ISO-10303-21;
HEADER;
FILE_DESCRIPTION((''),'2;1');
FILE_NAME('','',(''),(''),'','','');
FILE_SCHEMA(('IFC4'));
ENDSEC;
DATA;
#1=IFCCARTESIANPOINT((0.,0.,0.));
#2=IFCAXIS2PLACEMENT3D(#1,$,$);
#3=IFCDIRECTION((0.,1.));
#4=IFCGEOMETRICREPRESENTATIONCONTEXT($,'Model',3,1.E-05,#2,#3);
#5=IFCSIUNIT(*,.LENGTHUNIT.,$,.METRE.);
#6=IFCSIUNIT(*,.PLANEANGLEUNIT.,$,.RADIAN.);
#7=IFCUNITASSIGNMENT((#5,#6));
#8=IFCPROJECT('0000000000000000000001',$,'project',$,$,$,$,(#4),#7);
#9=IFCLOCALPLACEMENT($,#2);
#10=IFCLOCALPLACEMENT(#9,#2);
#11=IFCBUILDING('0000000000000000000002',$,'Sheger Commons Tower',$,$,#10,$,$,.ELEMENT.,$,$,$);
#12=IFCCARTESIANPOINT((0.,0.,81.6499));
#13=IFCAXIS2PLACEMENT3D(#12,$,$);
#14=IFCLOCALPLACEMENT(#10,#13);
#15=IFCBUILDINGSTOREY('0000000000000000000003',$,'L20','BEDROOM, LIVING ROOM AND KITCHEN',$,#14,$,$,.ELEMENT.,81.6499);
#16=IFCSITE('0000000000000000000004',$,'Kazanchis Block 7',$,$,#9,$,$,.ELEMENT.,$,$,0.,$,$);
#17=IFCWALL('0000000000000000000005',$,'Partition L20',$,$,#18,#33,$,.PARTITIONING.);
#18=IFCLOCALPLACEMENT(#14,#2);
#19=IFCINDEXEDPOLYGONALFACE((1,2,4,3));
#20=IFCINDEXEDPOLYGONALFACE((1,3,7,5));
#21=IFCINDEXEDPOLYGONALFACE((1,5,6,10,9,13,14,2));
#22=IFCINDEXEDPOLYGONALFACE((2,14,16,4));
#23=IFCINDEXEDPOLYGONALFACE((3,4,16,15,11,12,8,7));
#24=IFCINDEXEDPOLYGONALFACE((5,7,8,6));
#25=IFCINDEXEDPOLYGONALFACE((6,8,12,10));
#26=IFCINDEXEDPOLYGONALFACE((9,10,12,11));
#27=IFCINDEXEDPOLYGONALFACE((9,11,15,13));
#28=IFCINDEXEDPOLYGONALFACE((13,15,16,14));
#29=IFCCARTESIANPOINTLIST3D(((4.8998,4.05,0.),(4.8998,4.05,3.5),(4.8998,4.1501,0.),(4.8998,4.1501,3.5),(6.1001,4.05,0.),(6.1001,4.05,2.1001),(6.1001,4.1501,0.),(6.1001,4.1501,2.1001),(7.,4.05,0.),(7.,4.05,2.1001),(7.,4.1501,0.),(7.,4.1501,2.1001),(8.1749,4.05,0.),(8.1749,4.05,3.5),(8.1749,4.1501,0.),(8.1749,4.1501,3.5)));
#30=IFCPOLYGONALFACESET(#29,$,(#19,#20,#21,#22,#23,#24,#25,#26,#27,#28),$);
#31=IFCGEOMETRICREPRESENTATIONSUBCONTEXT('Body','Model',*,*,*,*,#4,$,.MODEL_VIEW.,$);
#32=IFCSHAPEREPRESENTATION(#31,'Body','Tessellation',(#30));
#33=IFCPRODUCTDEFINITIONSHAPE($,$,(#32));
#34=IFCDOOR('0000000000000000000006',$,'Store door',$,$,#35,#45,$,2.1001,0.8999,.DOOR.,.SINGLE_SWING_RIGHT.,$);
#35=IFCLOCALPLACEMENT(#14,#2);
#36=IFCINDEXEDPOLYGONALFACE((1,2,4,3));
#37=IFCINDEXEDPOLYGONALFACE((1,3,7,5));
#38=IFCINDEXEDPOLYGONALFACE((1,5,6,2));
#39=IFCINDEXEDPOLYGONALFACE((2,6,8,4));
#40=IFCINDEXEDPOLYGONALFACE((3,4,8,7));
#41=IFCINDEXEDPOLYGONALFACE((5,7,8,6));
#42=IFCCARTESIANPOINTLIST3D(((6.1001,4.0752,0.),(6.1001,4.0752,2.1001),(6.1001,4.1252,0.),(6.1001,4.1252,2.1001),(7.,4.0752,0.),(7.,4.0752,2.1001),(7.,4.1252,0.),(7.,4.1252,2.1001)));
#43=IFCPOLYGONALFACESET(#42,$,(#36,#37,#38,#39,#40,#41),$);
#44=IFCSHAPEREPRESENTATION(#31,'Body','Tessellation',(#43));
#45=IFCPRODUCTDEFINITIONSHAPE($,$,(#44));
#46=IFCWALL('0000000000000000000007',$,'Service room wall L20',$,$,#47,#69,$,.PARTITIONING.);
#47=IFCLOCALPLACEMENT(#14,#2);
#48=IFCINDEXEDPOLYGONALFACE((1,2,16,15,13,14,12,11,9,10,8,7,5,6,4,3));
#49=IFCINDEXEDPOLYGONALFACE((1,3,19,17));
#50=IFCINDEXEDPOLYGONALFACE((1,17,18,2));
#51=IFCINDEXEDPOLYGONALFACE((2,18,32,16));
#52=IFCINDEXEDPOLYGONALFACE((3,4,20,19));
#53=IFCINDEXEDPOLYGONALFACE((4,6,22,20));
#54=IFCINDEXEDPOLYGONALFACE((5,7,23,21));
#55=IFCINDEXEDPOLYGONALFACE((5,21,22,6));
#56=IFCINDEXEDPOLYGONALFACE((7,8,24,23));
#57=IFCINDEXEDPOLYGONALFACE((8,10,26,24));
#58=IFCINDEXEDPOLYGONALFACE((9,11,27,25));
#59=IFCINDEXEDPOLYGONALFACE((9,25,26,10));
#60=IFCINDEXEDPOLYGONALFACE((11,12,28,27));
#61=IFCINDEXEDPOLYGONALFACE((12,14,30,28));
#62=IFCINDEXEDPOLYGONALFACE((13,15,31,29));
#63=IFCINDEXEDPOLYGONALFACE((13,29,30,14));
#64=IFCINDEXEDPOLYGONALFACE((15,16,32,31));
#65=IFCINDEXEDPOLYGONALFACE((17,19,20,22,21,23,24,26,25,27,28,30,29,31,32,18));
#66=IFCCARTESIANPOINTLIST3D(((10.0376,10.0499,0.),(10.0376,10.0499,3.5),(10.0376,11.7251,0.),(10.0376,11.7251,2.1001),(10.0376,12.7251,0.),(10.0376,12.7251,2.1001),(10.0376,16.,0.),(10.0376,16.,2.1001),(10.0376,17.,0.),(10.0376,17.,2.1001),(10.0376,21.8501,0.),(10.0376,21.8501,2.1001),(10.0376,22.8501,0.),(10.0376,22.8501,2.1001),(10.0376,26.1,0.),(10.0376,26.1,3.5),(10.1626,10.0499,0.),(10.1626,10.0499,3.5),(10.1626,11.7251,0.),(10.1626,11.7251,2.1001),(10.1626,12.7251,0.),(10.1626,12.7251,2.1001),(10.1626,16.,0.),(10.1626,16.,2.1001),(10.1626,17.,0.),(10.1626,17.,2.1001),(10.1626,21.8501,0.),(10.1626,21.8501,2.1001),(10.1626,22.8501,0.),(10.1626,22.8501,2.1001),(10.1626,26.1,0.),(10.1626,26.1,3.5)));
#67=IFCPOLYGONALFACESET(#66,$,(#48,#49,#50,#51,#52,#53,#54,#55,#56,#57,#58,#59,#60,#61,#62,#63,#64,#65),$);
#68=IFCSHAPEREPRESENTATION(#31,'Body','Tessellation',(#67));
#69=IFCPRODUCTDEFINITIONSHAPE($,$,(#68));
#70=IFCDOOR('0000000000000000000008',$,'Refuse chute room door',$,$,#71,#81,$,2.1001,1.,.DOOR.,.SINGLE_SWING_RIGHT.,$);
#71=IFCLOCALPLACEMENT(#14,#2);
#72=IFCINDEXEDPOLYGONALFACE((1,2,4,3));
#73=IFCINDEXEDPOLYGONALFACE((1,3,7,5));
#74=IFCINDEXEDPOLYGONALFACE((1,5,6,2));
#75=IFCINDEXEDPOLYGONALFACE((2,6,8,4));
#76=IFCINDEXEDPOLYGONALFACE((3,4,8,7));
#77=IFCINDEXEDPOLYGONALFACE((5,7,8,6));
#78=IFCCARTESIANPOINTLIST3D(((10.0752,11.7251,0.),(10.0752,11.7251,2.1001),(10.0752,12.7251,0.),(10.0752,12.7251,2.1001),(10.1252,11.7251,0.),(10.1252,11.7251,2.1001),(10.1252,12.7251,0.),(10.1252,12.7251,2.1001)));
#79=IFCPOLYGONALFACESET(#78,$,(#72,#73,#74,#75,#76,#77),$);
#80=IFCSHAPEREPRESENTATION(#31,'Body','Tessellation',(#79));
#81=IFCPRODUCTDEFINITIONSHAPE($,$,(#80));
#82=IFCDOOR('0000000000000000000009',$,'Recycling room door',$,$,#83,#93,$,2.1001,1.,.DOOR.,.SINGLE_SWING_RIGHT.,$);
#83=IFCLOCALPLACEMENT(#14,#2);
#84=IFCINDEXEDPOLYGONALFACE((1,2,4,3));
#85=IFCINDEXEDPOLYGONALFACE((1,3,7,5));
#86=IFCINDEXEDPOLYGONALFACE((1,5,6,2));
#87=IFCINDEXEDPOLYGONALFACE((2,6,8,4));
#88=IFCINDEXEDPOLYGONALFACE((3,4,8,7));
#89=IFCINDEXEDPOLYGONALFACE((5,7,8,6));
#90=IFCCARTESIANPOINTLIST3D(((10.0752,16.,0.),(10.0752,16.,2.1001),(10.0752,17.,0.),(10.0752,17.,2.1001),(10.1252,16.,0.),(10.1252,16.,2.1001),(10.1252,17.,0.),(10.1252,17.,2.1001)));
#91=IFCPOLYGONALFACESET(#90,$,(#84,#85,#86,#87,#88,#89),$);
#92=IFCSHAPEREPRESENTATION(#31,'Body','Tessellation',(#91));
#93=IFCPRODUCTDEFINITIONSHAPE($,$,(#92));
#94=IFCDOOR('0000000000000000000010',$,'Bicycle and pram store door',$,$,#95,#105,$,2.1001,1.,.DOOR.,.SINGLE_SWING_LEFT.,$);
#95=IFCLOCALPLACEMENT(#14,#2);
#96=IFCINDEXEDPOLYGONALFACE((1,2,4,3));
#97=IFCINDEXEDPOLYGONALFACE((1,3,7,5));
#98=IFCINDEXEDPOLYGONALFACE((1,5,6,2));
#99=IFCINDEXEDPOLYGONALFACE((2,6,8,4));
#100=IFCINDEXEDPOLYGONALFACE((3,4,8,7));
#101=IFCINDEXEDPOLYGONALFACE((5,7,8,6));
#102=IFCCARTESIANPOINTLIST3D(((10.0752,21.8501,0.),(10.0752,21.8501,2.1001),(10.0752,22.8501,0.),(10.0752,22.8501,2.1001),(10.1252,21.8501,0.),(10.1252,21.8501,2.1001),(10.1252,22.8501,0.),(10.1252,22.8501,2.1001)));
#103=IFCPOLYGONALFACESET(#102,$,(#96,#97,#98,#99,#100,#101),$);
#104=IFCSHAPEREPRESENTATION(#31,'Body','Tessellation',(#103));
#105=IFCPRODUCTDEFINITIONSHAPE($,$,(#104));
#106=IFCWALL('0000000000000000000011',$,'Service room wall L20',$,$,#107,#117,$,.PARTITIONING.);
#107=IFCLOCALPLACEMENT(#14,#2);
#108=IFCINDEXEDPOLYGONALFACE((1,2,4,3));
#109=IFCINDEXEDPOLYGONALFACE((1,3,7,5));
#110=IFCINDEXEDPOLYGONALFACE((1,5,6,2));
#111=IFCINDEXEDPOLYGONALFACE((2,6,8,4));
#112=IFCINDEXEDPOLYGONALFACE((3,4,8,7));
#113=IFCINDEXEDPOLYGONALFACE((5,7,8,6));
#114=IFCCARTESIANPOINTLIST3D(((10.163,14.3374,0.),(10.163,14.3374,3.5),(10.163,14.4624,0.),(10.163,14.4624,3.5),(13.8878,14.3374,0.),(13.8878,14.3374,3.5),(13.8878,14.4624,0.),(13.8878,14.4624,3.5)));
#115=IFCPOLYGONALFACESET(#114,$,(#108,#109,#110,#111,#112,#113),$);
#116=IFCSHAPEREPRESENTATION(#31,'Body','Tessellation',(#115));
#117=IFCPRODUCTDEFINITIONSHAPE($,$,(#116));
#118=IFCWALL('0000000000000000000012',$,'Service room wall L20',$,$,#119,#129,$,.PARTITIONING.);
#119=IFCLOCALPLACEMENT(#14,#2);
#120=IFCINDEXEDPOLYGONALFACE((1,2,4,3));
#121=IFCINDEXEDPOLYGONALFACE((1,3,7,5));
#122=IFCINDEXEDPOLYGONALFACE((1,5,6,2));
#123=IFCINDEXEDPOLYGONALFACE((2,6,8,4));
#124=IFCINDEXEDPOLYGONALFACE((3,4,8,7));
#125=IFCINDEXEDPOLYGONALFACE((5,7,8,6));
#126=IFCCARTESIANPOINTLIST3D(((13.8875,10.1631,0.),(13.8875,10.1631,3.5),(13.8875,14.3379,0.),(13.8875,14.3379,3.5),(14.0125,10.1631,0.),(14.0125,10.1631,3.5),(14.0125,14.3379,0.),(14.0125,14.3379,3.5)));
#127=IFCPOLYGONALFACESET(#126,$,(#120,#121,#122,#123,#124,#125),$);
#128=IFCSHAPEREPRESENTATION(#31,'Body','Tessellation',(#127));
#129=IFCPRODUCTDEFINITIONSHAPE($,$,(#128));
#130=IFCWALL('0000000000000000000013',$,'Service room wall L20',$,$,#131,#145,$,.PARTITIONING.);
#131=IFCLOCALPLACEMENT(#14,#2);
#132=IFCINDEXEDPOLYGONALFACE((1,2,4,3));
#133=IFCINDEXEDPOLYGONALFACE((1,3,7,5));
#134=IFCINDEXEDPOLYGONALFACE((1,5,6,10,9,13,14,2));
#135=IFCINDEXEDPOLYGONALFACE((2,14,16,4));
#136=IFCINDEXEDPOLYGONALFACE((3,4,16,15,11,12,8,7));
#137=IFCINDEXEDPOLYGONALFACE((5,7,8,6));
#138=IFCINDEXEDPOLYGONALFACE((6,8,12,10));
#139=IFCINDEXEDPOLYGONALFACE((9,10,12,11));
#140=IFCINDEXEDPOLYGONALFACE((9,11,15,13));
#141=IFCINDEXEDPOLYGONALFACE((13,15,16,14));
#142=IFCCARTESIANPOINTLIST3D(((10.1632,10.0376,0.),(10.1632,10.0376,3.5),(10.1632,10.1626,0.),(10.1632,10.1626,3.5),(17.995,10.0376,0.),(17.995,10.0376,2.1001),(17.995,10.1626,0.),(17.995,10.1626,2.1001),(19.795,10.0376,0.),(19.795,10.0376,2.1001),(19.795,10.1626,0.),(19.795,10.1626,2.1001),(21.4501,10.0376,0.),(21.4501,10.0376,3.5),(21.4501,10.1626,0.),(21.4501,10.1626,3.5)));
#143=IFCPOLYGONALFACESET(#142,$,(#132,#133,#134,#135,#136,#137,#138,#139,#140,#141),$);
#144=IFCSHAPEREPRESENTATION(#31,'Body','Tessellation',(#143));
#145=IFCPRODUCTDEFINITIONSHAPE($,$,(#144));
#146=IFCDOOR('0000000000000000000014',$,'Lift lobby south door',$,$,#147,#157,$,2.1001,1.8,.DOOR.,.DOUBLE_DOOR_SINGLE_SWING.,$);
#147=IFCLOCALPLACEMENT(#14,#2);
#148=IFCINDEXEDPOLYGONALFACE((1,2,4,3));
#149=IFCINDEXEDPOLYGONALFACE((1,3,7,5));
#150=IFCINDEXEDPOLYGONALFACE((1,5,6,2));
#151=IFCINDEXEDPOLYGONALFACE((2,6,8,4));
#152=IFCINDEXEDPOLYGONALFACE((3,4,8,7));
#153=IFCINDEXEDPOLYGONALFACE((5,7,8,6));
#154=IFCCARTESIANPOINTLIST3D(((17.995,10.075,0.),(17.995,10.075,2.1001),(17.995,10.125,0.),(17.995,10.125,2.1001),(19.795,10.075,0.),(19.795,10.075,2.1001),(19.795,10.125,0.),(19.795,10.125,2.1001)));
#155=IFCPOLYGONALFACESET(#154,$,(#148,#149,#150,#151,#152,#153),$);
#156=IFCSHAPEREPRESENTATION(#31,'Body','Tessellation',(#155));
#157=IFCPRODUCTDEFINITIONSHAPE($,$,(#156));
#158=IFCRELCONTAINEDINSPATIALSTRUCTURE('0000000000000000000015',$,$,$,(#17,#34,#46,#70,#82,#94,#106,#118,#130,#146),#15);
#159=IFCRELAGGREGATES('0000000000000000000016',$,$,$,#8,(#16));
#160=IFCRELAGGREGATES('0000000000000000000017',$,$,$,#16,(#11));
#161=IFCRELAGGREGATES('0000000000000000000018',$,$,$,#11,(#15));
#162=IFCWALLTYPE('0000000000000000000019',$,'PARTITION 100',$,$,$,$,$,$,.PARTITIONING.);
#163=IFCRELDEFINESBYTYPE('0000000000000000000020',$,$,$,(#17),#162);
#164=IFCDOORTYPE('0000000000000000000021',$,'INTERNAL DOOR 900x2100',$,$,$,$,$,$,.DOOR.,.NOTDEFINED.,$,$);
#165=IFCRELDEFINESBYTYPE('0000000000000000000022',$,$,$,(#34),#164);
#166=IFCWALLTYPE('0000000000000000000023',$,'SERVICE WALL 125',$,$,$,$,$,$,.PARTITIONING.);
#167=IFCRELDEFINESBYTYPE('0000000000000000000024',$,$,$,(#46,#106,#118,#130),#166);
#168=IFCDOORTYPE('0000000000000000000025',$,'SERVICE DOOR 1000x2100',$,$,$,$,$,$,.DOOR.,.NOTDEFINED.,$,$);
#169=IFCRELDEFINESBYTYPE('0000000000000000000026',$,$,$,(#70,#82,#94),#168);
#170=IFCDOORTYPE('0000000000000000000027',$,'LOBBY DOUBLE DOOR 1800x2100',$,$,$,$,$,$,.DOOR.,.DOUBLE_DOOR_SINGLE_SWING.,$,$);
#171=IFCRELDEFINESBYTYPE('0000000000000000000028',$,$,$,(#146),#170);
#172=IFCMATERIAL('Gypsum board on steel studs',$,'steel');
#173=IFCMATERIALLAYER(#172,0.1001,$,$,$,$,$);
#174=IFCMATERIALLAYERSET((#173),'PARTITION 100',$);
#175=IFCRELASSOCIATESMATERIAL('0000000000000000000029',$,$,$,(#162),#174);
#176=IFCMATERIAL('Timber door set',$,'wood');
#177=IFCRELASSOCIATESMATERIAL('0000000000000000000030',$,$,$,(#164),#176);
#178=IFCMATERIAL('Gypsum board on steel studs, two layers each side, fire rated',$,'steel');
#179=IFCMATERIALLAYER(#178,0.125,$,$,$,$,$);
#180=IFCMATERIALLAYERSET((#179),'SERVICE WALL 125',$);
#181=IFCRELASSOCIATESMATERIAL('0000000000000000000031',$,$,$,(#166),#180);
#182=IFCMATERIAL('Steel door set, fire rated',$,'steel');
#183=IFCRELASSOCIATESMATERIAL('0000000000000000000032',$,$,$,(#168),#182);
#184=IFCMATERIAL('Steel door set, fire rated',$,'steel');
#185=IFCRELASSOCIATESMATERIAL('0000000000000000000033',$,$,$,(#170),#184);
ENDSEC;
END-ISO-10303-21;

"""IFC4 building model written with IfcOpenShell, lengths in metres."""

from ifc_helpers import new_model, si_unit, direction, frame, frame_2d, origin, place, context, subcontext, project, spatial, rectangle, extrude, material, layer, layer_set, type_object, element, fill, save


model = new_model("IFC4")

# Units and contexts
model_context = context("Model", 3, precision=1e-05, world=origin(), true_north=direction((0.0, 1.0)))
body_context = subcontext(model_context, "Body", "Model", "MODEL_VIEW")
ifc_project = project(units=[si_unit("LENGTHUNIT", "METRE"), si_unit("PLANEANGLEUNIT", "RADIAN")], contexts=[model_context])

# Site, building, storey
site_placement = place(None, origin())
site = spatial("IfcSite", under=ifc_project, at=site_placement, Name="Kazanchis Block 7", CompositionType="ELEMENT", RefElevation=0.0)
building_placement = place(site_placement, origin())
building = spatial("IfcBuilding", under=site, at=building_placement, Name="Sheger Commons Tower", CompositionType="ELEMENT")
storey_placement = place(building_placement, frame((0.0, 0.0, 81.6499)))
storey = spatial("IfcBuildingStorey", under=building, at=storey_placement, Name="L20", Description="BEDROOM, LIVING ROOM AND KITCHEN", CompositionType="ELEMENT", Elevation=81.6499)

# Shared definitions
ifc_material_1 = material(Name="Gypsum board on steel studs", Category="steel")
ifc_layer_1 = layer(ifc_material_1, 0.1001)
ifc_layer_set_1 = layer_set([ifc_layer_1], Name="PARTITION 100")
wall_type_1 = type_object("IfcWallType", Name="PARTITION 100", PredefinedType="PARTITIONING", material=ifc_layer_set_1)

# Shared definitions
ifc_material_2 = material(Name="Timber door set", Category="wood")
door_type_1 = type_object("IfcDoorType", Name="INTERNAL DOOR 900x2100", OperationType="NOTDEFINED", PredefinedType="DOOR", material=ifc_material_2)

# Wall, opening, door
wall_1_placement = place(storey_placement, frame((8.175, 4.1001, 0.0), z_axis=(0.0, 0.0, 1.0), x_axis=(-1.0, 0.0, 0.0)))
wall_1 = element("IfcWall", 1, at=wall_1_placement, inside=storey, type_object=wall_type_1, Name="Partition L20", PredefinedType="PARTITIONING", context=body_context, shape_type="SweptSolid", body=[
    extrude(rectangle(XDim=3.2751, YDim=0.1001, at=frame_2d((1.6377, 0.0))), origin(), (0.0, 0.0, 1.0), 3.5),
])
opening_1_placement = place(wall_1_placement, frame((1.175, 0.0, 0.0)))
opening_1 = element("IfcOpeningElement", 2, at=opening_1_placement, cuts=wall_1, PredefinedType="OPENING", context=body_context, shape_type="SweptSolid", body=[
    extrude(rectangle(XDim=0.8999, YDim=2.1001, at=frame_2d((0.45, 1.05))), frame((0.0, 0.0601, 0.0), z_axis=(0.0, -1.0, 0.0), x_axis=(1.0, 0.0, 0.0)), (0.0, 0.0, 1.0), 0.1201),
])
door_1_placement = place(opening_1_placement, origin())
door_1 = element("IfcDoor", 3, at=door_1_placement, inside=storey, type_object=door_type_1, Name="Store door", OperationType="SINGLE_SWING_RIGHT", OverallHeight=2.1001, OverallWidth=0.8999, PredefinedType="DOOR", context=body_context, shape_type="SweptSolid", body=[
    extrude(rectangle(XDim=0.8999, YDim=2.1001, at=frame_2d((0.45, 1.05))), frame((0.0, 0.0249, 0.0), z_axis=(0.0, -1.0, 0.0), x_axis=(1.0, 0.0, 0.0)), (0.0, 0.0, 1.0), 0.05),
])
fill(opening_1, door_1)

# Wall, openings, doors
ifc_material_3 = material(Name="Gypsum board on steel studs, two layers each side, fire rated", Category="steel")
ifc_layer_2 = layer(ifc_material_3, 0.125)
ifc_layer_set_2 = layer_set([ifc_layer_2], Name="SERVICE WALL 125")
wall_type_2 = type_object("IfcWallType", Name="SERVICE WALL 125", PredefinedType="PARTITIONING", material=ifc_layer_set_2)
wall_2_placement = place(storey_placement, frame((10.1001, 10.05, 0.0), z_axis=(0.0, 0.0, 1.0), x_axis=(0.0, 1.0, 0.0)))
wall_2 = element("IfcWall", 4, at=wall_2_placement, inside=storey, type_object=wall_type_2, Name="Service room wall L20", PredefinedType="PARTITIONING", context=body_context, shape_type="SweptSolid", body=[
    extrude(rectangle(XDim=16.05, YDim=0.125, at=frame_2d((8.0249, 0.0))), origin(), (0.0, 0.0, 1.0), 3.5),
])
opening_2_placement = place(wall_2_placement, frame((1.675, 0.0, 0.0)))
opening_2 = element("IfcOpeningElement", 5, at=opening_2_placement, cuts=wall_2, PredefinedType="OPENING", context=body_context, shape_type="SweptSolid", body=[
    extrude(rectangle(XDim=1.0, YDim=2.1001, at=frame_2d((0.5, 1.05))), frame((0.0, 0.0725, 0.0), z_axis=(0.0, -1.0, 0.0), x_axis=(1.0, 0.0, 0.0)), (0.0, 0.0, 1.0), 0.145),
])
opening_3_placement = place(wall_2_placement, frame((5.95, 0.0, 0.0)))
opening_3 = element("IfcOpeningElement", 6, at=opening_3_placement, cuts=wall_2, PredefinedType="OPENING", context=body_context, shape_type="SweptSolid", body=[
    extrude(rectangle(XDim=1.0, YDim=2.1001, at=frame_2d((0.5, 1.05))), frame((0.0, 0.0725, 0.0), z_axis=(0.0, -1.0, 0.0), x_axis=(1.0, 0.0, 0.0)), (0.0, 0.0, 1.0), 0.145),
])
opening_4_placement = place(wall_2_placement, frame((11.8, 0.0, 0.0)))
opening_4 = element("IfcOpeningElement", 7, at=opening_4_placement, cuts=wall_2, PredefinedType="OPENING", context=body_context, shape_type="SweptSolid", body=[
    extrude(rectangle(XDim=1.0, YDim=2.1001, at=frame_2d((0.5, 1.05))), frame((0.0, 0.0725, 0.0), z_axis=(0.0, -1.0, 0.0), x_axis=(1.0, 0.0, 0.0)), (0.0, 0.0, 1.0), 0.145),
])
ifc_material_4 = material(Name="Steel door set, fire rated", Category="steel")
door_type_2 = type_object("IfcDoorType", Name="SERVICE DOOR 1000x2100", OperationType="NOTDEFINED", PredefinedType="DOOR", material=ifc_material_4)
door_2_placement = place(opening_2_placement, origin())
door_2 = element("IfcDoor", 8, at=door_2_placement, inside=storey, type_object=door_type_2, Name="Refuse chute room door", OperationType="SINGLE_SWING_RIGHT", OverallHeight=2.1001, OverallWidth=1.0, PredefinedType="DOOR", context=body_context, shape_type="SweptSolid", body=[
    extrude(rectangle(XDim=1.0, YDim=2.1001, at=frame_2d((0.5, 1.05))), frame((0.0, 0.0249, 0.0), z_axis=(0.0, -1.0, 0.0), x_axis=(1.0, 0.0, 0.0)), (0.0, 0.0, 1.0), 0.05),
])
fill(opening_2, door_2)
door_3_placement = place(opening_3_placement, origin())
door_3 = element("IfcDoor", 9, at=door_3_placement, inside=storey, type_object=door_type_2, Name="Recycling room door", OperationType="SINGLE_SWING_RIGHT", OverallHeight=2.1001, OverallWidth=1.0, PredefinedType="DOOR", context=body_context, shape_type="SweptSolid", body=[
    extrude(rectangle(XDim=1.0, YDim=2.1001, at=frame_2d((0.5, 1.05))), frame((0.0, 0.0249, 0.0), z_axis=(0.0, -1.0, 0.0), x_axis=(1.0, 0.0, 0.0)), (0.0, 0.0, 1.0), 0.05),
])
fill(opening_3, door_3)
door_4_placement = place(opening_4_placement, origin())
door_4 = element("IfcDoor", 10, at=door_4_placement, inside=storey, type_object=door_type_2, Name="Bicycle and pram store door", OperationType="SINGLE_SWING_LEFT", OverallHeight=2.1001, OverallWidth=1.0, PredefinedType="DOOR", context=body_context, shape_type="SweptSolid", body=[
    extrude(rectangle(XDim=1.0, YDim=2.1001, at=frame_2d((0.5, 1.05))), frame((0.0, 0.0249, 0.0), z_axis=(0.0, -1.0, 0.0), x_axis=(1.0, 0.0, 0.0)), (0.0, 0.0, 1.0), 0.05),
])
fill(opening_4, door_4)

# Walls
wall_3_placement = place(storey_placement, frame((10.1631, 14.3999, 0.0), z_axis=(0.0, 0.0, 1.0), x_axis=(1.0, 0.0, 0.0)))
element("IfcWall", 11, at=wall_3_placement, inside=storey, type_object=wall_type_2, Name="Service room wall L20", PredefinedType="PARTITIONING", context=body_context, shape_type="SweptSolid", body=[
    extrude(rectangle(XDim=3.7249, YDim=0.125, at=frame_2d((1.8623, 0.0))), origin(), (0.0, 0.0, 1.0), 3.5),
])
wall_4_placement = place(storey_placement, frame((13.95, 10.1631, 0.0), z_axis=(0.0, 0.0, 1.0), x_axis=(0.0, 1.0, 0.0)))
element("IfcWall", 12, at=wall_4_placement, inside=storey, type_object=wall_type_2, Name="Service room wall L20", PredefinedType="PARTITIONING", context=body_context, shape_type="SweptSolid", body=[
    extrude(rectangle(XDim=4.1748, YDim=0.125, at=frame_2d((2.0874, 0.0))), origin(), (0.0, 0.0, 1.0), 3.5),
])

# Wall, opening, door
wall_5_placement = place(storey_placement, frame((10.1631, 10.1001, 0.0), z_axis=(0.0, 0.0, 1.0), x_axis=(1.0, 0.0, 0.0)))
wall_5 = element("IfcWall", 13, at=wall_5_placement, inside=storey, type_object=wall_type_2, Name="Service room wall L20", PredefinedType="PARTITIONING", context=body_context, shape_type="SweptSolid", body=[
    extrude(rectangle(XDim=11.2869, YDim=0.125, at=frame_2d((5.6436, 0.0))), origin(), (0.0, 0.0, 1.0), 3.5),
])
opening_5_placement = place(wall_5_placement, frame((7.832, 0.0, 0.0)))
opening_5 = element("IfcOpeningElement", 14, at=opening_5_placement, cuts=wall_5, PredefinedType="OPENING", context=body_context, shape_type="SweptSolid", body=[
    extrude(rectangle(XDim=1.8, YDim=2.1001, at=frame_2d((0.8999, 1.05))), frame((0.0, 0.0725, 0.0), z_axis=(0.0, -1.0, 0.0), x_axis=(1.0, 0.0, 0.0)), (0.0, 0.0, 1.0), 0.145),
])
ifc_material_5 = material(Name="Steel door set, fire rated", Category="steel")
door_type_3 = type_object("IfcDoorType", Name="LOBBY DOUBLE DOOR 1800x2100", OperationType="DOUBLE_DOOR_SINGLE_SWING", PredefinedType="DOOR", material=ifc_material_5)
door_5_placement = place(opening_5_placement, origin())
door_5 = element("IfcDoor", 15, at=door_5_placement, inside=storey, type_object=door_type_3, Name="Lift lobby south door", OperationType="DOUBLE_DOOR_SINGLE_SWING", OverallHeight=2.1001, OverallWidth=1.8, PredefinedType="DOOR", context=body_context, shape_type="SweptSolid", body=[
    extrude(rectangle(XDim=1.8, YDim=2.1001, at=frame_2d((0.8999, 1.05))), frame((0.0, 0.0249, 0.0), z_axis=(0.0, -1.0, 0.0), x_axis=(1.0, 0.0, 0.0)), (0.0, 0.0, 1.0), 0.05),
])
fill(opening_5, door_5)

save(model, "model.ifc")
